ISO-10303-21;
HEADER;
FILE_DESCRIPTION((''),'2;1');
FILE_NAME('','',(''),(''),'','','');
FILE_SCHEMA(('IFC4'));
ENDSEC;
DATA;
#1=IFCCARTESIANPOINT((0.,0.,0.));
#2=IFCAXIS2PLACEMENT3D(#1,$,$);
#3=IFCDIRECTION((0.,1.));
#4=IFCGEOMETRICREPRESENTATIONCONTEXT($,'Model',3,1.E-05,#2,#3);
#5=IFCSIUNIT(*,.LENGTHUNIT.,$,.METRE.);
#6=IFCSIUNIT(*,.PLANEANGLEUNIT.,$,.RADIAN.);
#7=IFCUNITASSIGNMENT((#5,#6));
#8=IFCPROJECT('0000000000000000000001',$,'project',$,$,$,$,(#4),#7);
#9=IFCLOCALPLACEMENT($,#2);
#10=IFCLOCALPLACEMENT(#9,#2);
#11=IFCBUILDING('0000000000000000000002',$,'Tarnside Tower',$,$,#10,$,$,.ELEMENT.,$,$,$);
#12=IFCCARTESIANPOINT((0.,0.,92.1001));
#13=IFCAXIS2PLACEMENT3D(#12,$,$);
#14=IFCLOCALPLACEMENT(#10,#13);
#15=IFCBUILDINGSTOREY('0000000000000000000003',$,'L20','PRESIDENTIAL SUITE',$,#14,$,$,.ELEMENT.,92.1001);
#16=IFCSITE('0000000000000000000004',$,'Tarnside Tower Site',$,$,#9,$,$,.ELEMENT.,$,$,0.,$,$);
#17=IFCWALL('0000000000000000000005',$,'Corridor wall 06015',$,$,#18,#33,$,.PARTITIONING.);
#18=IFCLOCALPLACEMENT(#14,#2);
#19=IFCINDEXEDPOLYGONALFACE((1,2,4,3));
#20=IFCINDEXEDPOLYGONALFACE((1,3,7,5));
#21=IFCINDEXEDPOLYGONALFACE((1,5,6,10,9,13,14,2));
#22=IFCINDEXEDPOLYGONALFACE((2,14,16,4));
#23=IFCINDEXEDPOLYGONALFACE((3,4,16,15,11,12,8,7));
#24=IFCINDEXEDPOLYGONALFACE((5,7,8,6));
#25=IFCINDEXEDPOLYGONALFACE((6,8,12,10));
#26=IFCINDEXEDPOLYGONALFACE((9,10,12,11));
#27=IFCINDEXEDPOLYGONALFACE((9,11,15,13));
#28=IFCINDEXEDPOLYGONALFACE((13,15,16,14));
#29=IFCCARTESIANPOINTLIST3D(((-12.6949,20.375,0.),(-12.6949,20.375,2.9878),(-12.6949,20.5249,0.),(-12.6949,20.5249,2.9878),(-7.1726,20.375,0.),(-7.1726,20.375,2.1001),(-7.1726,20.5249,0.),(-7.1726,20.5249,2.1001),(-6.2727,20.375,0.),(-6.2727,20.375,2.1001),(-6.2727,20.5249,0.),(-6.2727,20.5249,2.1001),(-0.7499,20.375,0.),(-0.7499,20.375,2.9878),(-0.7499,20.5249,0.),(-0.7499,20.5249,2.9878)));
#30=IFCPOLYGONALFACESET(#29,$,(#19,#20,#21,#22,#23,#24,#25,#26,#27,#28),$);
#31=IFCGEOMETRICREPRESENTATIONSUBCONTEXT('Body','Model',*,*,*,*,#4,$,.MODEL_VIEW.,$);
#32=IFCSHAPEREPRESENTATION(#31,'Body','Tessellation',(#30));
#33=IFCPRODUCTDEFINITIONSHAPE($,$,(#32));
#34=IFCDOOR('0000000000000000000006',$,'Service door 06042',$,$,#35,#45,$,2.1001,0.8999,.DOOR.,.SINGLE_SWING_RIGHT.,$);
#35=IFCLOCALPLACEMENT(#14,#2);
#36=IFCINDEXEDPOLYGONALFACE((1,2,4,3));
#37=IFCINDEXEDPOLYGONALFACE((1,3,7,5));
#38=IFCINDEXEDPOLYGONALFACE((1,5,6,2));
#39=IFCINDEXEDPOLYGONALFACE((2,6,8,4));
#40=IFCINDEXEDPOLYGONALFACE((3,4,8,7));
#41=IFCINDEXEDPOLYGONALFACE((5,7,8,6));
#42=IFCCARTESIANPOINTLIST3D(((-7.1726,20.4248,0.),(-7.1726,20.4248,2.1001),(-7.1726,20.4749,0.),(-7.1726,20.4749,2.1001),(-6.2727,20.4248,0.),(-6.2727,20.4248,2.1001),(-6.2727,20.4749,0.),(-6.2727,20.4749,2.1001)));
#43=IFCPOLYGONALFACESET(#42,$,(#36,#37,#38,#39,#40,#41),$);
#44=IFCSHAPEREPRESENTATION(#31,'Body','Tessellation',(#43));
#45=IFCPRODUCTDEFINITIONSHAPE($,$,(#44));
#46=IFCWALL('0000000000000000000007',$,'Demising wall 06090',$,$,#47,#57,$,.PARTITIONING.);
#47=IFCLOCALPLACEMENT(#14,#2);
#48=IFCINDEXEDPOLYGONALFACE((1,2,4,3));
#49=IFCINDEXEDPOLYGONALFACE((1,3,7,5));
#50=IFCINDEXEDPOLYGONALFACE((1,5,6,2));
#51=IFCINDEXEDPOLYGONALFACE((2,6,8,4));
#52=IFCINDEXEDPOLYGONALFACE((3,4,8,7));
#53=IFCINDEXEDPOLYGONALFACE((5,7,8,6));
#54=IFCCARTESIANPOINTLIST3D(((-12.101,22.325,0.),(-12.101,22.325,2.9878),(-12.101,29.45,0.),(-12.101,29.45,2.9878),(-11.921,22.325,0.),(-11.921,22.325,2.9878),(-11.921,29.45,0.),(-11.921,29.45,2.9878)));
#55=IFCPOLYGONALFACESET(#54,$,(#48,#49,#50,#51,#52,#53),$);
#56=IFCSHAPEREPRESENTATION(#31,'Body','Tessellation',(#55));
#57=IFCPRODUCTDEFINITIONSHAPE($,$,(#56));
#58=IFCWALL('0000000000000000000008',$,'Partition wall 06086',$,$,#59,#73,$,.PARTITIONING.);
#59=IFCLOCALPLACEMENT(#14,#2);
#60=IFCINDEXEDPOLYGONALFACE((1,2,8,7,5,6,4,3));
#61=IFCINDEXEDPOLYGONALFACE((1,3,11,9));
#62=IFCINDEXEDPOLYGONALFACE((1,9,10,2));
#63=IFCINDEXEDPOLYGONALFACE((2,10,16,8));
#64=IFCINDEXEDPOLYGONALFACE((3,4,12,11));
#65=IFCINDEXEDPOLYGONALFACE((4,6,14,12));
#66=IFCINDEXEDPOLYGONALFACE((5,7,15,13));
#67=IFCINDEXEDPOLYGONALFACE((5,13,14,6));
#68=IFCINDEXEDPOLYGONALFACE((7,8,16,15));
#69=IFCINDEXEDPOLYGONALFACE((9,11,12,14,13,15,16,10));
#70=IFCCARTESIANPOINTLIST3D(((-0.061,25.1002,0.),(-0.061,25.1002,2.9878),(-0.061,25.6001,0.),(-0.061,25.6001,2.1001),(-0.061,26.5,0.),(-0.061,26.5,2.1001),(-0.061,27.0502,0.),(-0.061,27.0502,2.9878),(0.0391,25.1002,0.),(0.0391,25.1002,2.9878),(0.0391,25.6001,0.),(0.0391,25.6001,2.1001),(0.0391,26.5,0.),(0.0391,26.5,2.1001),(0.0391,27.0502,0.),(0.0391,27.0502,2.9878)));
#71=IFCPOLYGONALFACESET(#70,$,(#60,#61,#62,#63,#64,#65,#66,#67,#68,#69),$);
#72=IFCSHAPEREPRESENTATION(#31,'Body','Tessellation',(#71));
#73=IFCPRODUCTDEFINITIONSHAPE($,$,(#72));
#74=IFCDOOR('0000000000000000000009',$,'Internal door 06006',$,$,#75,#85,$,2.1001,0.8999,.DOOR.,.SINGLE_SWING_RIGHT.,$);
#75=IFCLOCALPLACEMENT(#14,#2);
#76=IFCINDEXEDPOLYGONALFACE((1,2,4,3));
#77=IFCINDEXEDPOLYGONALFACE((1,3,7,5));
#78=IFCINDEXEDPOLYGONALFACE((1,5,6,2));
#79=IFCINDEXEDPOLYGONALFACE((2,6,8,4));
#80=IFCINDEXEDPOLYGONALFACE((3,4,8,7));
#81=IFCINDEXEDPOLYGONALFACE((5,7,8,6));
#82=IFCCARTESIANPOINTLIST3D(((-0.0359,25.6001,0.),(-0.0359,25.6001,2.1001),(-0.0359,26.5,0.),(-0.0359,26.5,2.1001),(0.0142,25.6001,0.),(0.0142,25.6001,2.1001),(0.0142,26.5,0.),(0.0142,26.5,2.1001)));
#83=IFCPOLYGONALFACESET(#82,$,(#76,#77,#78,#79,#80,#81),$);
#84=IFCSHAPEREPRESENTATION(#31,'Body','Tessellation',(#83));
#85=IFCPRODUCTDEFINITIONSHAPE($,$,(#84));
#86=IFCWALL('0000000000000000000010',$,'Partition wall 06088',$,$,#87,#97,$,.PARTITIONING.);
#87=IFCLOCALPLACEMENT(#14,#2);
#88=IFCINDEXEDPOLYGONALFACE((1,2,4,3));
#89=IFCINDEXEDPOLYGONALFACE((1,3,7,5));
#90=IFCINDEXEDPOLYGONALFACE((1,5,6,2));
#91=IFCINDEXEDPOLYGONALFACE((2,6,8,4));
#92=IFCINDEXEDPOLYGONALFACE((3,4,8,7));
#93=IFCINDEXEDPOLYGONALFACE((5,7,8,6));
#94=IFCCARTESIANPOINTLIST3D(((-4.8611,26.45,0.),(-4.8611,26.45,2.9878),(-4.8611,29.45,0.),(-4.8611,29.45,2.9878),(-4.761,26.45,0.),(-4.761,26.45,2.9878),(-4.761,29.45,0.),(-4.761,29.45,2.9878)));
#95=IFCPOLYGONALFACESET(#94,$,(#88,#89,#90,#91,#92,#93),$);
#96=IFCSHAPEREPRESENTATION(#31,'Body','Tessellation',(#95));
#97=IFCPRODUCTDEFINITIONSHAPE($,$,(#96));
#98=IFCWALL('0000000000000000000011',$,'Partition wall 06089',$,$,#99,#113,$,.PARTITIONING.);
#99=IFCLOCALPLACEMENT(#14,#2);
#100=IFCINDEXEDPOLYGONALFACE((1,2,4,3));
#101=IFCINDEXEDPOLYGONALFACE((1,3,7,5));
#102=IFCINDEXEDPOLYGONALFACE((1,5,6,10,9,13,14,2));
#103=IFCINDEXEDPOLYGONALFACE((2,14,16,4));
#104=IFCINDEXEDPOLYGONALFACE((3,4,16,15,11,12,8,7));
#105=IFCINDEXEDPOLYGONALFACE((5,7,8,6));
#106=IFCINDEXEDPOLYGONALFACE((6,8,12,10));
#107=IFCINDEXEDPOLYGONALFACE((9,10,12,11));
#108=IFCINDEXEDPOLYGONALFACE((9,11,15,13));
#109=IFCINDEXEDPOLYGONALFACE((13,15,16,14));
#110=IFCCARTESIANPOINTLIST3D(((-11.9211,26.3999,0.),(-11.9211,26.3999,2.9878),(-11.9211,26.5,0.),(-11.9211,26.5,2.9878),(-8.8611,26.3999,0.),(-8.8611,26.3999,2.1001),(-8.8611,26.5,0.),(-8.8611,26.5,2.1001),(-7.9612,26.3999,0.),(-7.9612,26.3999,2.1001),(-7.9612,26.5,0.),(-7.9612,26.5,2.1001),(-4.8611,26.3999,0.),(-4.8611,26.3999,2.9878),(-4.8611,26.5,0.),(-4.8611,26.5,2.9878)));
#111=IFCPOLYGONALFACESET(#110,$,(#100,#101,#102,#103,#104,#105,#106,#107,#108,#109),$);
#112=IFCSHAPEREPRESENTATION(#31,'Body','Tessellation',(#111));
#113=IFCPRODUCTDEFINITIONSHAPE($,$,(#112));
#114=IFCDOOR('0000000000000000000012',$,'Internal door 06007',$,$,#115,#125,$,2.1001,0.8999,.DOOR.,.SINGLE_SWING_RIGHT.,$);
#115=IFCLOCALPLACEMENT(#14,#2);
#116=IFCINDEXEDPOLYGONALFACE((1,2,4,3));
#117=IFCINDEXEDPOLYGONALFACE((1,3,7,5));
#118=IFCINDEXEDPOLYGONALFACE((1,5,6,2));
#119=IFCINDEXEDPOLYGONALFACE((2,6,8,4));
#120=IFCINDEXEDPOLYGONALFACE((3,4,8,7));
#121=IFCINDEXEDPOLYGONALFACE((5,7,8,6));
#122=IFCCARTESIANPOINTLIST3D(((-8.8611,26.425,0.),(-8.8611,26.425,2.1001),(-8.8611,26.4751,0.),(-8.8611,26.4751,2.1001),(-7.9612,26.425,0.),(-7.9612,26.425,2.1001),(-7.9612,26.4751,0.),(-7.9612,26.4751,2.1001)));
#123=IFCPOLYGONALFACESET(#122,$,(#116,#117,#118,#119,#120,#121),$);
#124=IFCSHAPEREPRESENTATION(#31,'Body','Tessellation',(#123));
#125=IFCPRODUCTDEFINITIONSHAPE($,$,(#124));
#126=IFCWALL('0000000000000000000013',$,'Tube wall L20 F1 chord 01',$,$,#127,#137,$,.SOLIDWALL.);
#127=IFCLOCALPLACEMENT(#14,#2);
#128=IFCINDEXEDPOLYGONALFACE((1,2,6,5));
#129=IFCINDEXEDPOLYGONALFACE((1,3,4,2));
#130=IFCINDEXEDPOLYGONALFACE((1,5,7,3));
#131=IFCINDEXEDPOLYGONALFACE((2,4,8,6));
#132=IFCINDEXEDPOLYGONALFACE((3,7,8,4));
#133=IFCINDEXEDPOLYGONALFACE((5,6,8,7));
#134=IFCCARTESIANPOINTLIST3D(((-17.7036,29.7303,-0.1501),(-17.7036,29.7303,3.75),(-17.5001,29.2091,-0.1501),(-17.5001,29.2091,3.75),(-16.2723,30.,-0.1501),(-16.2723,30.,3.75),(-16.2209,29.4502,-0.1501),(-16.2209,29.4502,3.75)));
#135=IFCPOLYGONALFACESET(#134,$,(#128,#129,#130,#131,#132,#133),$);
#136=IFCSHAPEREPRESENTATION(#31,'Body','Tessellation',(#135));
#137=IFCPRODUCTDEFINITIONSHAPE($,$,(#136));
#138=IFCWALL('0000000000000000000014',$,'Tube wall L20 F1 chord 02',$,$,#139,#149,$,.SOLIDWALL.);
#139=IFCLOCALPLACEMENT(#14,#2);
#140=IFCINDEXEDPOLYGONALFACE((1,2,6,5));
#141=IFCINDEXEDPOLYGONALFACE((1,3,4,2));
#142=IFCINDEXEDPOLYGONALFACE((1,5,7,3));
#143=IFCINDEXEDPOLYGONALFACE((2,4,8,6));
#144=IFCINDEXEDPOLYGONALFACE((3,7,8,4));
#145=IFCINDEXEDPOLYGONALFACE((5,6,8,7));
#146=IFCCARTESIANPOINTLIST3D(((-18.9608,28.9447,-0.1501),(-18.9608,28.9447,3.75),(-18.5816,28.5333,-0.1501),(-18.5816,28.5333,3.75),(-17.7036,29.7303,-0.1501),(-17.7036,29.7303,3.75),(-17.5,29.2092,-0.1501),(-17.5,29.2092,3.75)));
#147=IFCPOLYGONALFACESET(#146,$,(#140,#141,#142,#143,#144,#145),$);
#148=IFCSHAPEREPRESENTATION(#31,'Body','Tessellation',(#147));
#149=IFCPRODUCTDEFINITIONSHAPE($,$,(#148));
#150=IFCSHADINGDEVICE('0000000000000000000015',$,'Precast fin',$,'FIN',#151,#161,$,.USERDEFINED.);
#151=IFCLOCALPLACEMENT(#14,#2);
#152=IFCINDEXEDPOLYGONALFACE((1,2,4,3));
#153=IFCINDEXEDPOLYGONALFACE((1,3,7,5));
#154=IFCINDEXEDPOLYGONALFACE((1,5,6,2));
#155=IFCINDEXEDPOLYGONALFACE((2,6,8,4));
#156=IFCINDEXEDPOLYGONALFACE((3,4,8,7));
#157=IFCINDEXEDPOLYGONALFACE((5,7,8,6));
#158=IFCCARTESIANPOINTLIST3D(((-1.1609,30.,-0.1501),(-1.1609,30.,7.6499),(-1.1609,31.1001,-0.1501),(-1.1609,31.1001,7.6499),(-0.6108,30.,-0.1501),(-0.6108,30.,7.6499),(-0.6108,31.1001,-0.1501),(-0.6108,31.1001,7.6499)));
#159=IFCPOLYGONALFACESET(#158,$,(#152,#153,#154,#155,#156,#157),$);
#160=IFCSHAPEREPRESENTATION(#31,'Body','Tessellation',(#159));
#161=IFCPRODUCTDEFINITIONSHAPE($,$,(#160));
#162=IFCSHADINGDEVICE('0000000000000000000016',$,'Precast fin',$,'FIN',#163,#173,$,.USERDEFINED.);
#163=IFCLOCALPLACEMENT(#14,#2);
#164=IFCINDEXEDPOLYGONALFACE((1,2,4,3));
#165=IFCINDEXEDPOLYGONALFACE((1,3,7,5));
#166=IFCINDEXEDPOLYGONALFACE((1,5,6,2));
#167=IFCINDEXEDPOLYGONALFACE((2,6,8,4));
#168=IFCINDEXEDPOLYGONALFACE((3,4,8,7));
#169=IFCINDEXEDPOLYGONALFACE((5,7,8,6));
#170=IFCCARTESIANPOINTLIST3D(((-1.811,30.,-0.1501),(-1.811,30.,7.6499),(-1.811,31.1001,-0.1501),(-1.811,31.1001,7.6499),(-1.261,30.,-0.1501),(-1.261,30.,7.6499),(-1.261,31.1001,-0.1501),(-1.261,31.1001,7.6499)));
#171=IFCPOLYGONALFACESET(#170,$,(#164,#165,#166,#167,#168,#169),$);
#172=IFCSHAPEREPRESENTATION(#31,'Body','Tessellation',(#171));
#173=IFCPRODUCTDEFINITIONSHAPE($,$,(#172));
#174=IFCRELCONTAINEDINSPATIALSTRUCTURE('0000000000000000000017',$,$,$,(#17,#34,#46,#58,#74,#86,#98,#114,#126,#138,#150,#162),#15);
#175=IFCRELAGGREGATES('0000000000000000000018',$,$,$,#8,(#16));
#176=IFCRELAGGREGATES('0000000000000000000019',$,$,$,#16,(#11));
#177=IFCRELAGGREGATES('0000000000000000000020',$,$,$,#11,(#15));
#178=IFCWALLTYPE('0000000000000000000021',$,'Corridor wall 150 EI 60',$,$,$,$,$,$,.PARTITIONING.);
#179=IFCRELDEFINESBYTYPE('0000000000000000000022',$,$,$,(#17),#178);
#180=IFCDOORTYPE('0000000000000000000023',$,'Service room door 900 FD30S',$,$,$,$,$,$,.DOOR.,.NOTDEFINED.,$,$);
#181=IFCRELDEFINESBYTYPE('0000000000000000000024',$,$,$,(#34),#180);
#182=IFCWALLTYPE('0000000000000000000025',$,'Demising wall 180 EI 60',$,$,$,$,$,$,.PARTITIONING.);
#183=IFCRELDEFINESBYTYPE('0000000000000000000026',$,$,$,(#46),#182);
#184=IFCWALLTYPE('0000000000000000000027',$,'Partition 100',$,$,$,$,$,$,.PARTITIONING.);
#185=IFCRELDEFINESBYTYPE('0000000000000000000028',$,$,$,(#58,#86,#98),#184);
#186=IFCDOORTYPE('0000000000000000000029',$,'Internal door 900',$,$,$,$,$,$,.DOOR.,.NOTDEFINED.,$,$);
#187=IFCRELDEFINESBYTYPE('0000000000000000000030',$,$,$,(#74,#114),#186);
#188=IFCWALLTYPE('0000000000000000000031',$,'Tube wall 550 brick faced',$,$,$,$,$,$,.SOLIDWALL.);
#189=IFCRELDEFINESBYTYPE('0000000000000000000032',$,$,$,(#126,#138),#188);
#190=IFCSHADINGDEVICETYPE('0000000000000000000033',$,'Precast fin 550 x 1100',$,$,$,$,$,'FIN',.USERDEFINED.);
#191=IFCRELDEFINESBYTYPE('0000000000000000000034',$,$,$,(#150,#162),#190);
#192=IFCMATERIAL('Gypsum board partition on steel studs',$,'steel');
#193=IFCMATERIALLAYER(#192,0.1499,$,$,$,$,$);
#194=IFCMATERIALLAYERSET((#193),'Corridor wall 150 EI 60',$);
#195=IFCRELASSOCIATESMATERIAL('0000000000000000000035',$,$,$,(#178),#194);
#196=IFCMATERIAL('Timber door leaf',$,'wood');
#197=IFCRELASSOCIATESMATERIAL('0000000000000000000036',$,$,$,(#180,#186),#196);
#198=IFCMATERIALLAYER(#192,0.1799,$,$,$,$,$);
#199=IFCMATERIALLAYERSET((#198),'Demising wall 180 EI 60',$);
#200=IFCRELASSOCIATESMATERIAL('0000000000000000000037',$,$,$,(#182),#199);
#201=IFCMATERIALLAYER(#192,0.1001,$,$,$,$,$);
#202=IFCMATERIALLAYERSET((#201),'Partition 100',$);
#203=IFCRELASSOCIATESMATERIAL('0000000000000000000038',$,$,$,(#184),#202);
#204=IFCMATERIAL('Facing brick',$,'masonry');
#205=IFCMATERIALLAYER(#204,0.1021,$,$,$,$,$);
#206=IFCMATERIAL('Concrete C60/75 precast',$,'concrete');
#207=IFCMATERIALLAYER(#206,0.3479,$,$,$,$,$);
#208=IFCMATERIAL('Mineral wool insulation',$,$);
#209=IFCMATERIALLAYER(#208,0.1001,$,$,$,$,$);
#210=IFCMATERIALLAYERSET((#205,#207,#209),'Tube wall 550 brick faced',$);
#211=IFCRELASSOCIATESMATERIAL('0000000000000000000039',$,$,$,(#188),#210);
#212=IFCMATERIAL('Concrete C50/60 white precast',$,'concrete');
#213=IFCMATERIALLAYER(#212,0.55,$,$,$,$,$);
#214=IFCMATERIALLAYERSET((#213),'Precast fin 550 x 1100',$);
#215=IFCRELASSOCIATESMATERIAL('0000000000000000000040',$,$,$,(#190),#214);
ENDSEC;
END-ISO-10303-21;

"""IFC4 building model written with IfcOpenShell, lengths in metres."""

from ifc_helpers import new_model, si_unit, direction, frame, frame_2d, origin, place, context, subcontext, project, spatial, polyline, rectangle, outline, extrude, material, layer, layer_set, type_object, element, fill, save


model = new_model("IFC4")

# Units and contexts
model_context = context("Model", 3, precision=1e-05, world=origin(), true_north=direction((0.0, 1.0)))
body_context = subcontext(model_context, "Body", "Model", "MODEL_VIEW")
ifc_project = project(units=[si_unit("LENGTHUNIT", "METRE"), si_unit("PLANEANGLEUNIT", "RADIAN")], contexts=[model_context])

# Site, building, storey
site_placement = place(None, origin())
site = spatial("IfcSite", under=ifc_project, at=site_placement, Name="Tarnside Tower Site", CompositionType="ELEMENT", RefElevation=0.0)
building_placement = place(site_placement, origin())
building = spatial("IfcBuilding", under=site, at=building_placement, Name="Tarnside Tower", CompositionType="ELEMENT")
storey_placement = place(building_placement, frame((0.0, 0.0, 92.1001)))
storey = spatial("IfcBuildingStorey", under=building, at=storey_placement, Name="L20", Description="PRESIDENTIAL SUITE", CompositionType="ELEMENT", Elevation=92.1001)

# Shared definitions
ifc_material_1 = material(Name="Gypsum board partition on steel studs", Category="steel")
ifc_material_2 = material(Name="Timber door leaf", Category="wood")

# Shared definitions
ifc_layer_1 = layer(ifc_material_1, 0.1499)
ifc_layer_set_1 = layer_set([ifc_layer_1], Name="Corridor wall 150 EI 60")
wall_type_1 = type_object("IfcWallType", Name="Corridor wall 150 EI 60", PredefinedType="PARTITIONING", material=ifc_layer_set_1)

# Wall, opening, door
wall_1_placement = place(storey_placement, frame((-12.6951, 20.45, 0.0), z_axis=(0.0, 0.0, 1.0), x_axis=(1.0, 0.0, 0.0)))
wall_1 = element("IfcWall", 1, at=wall_1_placement, inside=storey, type_object=wall_type_1, Name="Corridor wall 06015", PredefinedType="PARTITIONING", context=body_context, shape_type="SweptSolid", body=[
    extrude(rectangle(XDim=11.9451, YDim=0.1499, at=frame_2d((5.9727, 0.0))), origin(), (0.0, 0.0, 1.0), 2.9878),
])
opening_1_placement = place(wall_1_placement, frame((5.5225, 0.0, 0.0)))
opening_1 = element("IfcOpeningElement", 2, at=opening_1_placement, cuts=wall_1, PredefinedType="OPENING", context=body_context, shape_type="SweptSolid", body=[
    extrude(rectangle(XDim=0.8999, YDim=2.1001, at=frame_2d((0.45, 1.05))), frame((0.0, 0.085, 0.0), z_axis=(0.0, -1.0, 0.0), x_axis=(1.0, 0.0, 0.0)), (0.0, 0.0, 1.0), 0.1699),
])
door_type_1 = type_object("IfcDoorType", Name="Service room door 900 FD30S", OperationType="NOTDEFINED", PredefinedType="DOOR", material=ifc_material_2)
door_1_placement = place(opening_1_placement, origin())
door_1 = element("IfcDoor", 3, at=door_1_placement, inside=storey, type_object=door_type_1, Name="Service door 06042", OperationType="SINGLE_SWING_RIGHT", OverallHeight=2.1001, OverallWidth=0.8999, PredefinedType="DOOR", context=body_context, shape_type="SweptSolid", body=[
    extrude(rectangle(XDim=0.8999, YDim=2.1001, at=frame_2d((0.45, 1.05))), frame((0.0, 0.0249, 0.0), z_axis=(0.0, -1.0, 0.0), x_axis=(1.0, 0.0, 0.0)), (0.0, 0.0, 1.0), 0.05),
])
fill(opening_1, door_1)

# Wall
ifc_layer_2 = layer(ifc_material_1, 0.1799)
ifc_layer_set_2 = layer_set([ifc_layer_2], Name="Demising wall 180 EI 60")
wall_type_2 = type_object("IfcWallType", Name="Demising wall 180 EI 60", PredefinedType="PARTITIONING", material=ifc_layer_set_2)
wall_2_placement = place(storey_placement, frame((-12.011, 29.45, 0.0), z_axis=(0.0, 0.0, 1.0), x_axis=(0.0, -1.0, 0.0)))
element("IfcWall", 4, at=wall_2_placement, inside=storey, type_object=wall_type_2, Name="Demising wall 06090", PredefinedType="PARTITIONING", context=body_context, shape_type="SweptSolid", body=[
    extrude(rectangle(XDim=7.125, YDim=0.1799, at=frame_2d((3.5625, 0.0))), origin(), (0.0, 0.0, 1.0), 2.9878),
])

# Wall, opening, door
ifc_layer_3 = layer(ifc_material_1, 0.1001)
ifc_layer_set_3 = layer_set([ifc_layer_3], Name="Partition 100")
wall_type_3 = type_object("IfcWallType", Name="Partition 100", PredefinedType="PARTITIONING", material=ifc_layer_set_3)
wall_3_placement = place(storey_placement, frame((-0.011, 25.1001, 0.0), z_axis=(0.0, 0.0, 1.0), x_axis=(0.0, 1.0, 0.0)))
wall_3 = element("IfcWall", 5, at=wall_3_placement, inside=storey, type_object=wall_type_3, Name="Partition wall 06086", PredefinedType="PARTITIONING", context=body_context, shape_type="SweptSolid", body=[
    extrude(rectangle(XDim=1.95, YDim=0.1001, at=frame_2d((0.9751, 0.0))), origin(), (0.0, 0.0, 1.0), 2.9878),
])
opening_2_placement = place(wall_3_placement, frame((0.5, 0.0, 0.0)))
opening_2 = element("IfcOpeningElement", 6, at=opening_2_placement, cuts=wall_3, PredefinedType="OPENING", context=body_context, shape_type="SweptSolid", body=[
    extrude(rectangle(XDim=0.8999, YDim=2.1001, at=frame_2d((0.45, 1.05))), frame((0.0, 0.0601, 0.0), z_axis=(0.0, -1.0, 0.0), x_axis=(1.0, 0.0, 0.0)), (0.0, 0.0, 1.0), 0.1201),
])
door_type_2 = type_object("IfcDoorType", Name="Internal door 900", OperationType="NOTDEFINED", PredefinedType="DOOR", material=ifc_material_2)
door_2_placement = place(opening_2_placement, origin())
door_2 = element("IfcDoor", 7, at=door_2_placement, inside=storey, type_object=door_type_2, Name="Internal door 06006", OperationType="SINGLE_SWING_RIGHT", OverallHeight=2.1001, OverallWidth=0.8999, PredefinedType="DOOR", context=body_context, shape_type="SweptSolid", body=[
    extrude(rectangle(XDim=0.8999, YDim=2.1001, at=frame_2d((0.45, 1.05))), frame((0.0, 0.0249, 0.0), z_axis=(0.0, -1.0, 0.0), x_axis=(1.0, 0.0, 0.0)), (0.0, 0.0, 1.0), 0.05),
])
fill(opening_2, door_2)

# Wall
wall_4_placement = place(storey_placement, frame((-4.811, 29.45, 0.0), z_axis=(0.0, 0.0, 1.0), x_axis=(0.0, -1.0, 0.0)))
element("IfcWall", 8, at=wall_4_placement, inside=storey, type_object=wall_type_3, Name="Partition wall 06088", PredefinedType="PARTITIONING", context=body_context, shape_type="SweptSolid", body=[
    extrude(rectangle(XDim=3.0, YDim=0.1001, at=frame_2d((1.5, 0.0))), origin(), (0.0, 0.0, 1.0), 2.9878),
])

# Wall, opening, door
wall_5_placement = place(storey_placement, frame((-4.8611, 26.45, 0.0), z_axis=(0.0, 0.0, 1.0), x_axis=(-1.0, 0.0, 0.0)))
wall_5 = element("IfcWall", 9, at=wall_5_placement, inside=storey, type_object=wall_type_3, Name="Partition wall 06089", PredefinedType="PARTITIONING", context=body_context, shape_type="SweptSolid", body=[
    extrude(rectangle(XDim=7.0601, YDim=0.1001, at=frame_2d((3.53, 0.0))), origin(), (0.0, 0.0, 1.0), 2.9878),
])
opening_3_placement = place(wall_5_placement, frame((3.1001, 0.0, 0.0)))
opening_3 = element("IfcOpeningElement", 10, at=opening_3_placement, cuts=wall_5, PredefinedType="OPENING", context=body_context, shape_type="SweptSolid", body=[
    extrude(rectangle(XDim=0.8999, YDim=2.1001, at=frame_2d((0.45, 1.05))), frame((0.0, 0.0601, 0.0), z_axis=(0.0, -1.0, 0.0), x_axis=(1.0, 0.0, 0.0)), (0.0, 0.0, 1.0), 0.1201),
])
door_3_placement = place(opening_3_placement, origin())
door_3 = element("IfcDoor", 11, at=door_3_placement, inside=storey, type_object=door_type_2, Name="Internal door 06007", OperationType="SINGLE_SWING_RIGHT", OverallHeight=2.1001, OverallWidth=0.8999, PredefinedType="DOOR", context=body_context, shape_type="SweptSolid", body=[
    extrude(rectangle(XDim=0.8999, YDim=2.1001, at=frame_2d((0.45, 1.05))), frame((0.0, 0.0249, 0.0), z_axis=(0.0, -1.0, 0.0), x_axis=(1.0, 0.0, 0.0)), (0.0, 0.0, 1.0), 0.05),
])
fill(opening_3, door_3)

# Walls
ifc_material_3 = material(Name="Facing brick", Category="masonry")
ifc_layer_4 = layer(ifc_material_3, 0.1021)
ifc_material_4 = material(Name="Concrete C60/75 precast", Category="concrete")
ifc_layer_5 = layer(ifc_material_4, 0.3479)
ifc_material_5 = material(Name="Mineral wool insulation")
ifc_layer_6 = layer(ifc_material_5, 0.1001)
ifc_layer_set_4 = layer_set([ifc_layer_4, ifc_layer_5, ifc_layer_6], Name="Tube wall 550 brick faced")
wall_type_4 = type_object("IfcWallType", Name="Tube wall 550 brick faced", PredefinedType="SOLIDWALL", material=ifc_layer_set_4)
wall_6_placement = place(storey_placement, frame((-16.2466, 29.7251, -0.1501), z_axis=(0.0, 0.0, 1.0), x_axis=(-0.982705, -0.185176, 0.0)))
element("IfcWall", 12, at=wall_6_placement, inside=storey, type_object=wall_type_4, Name="Tube wall L20 F1 chord 01", PredefinedType="SOLIDWALL", context=body_context, shape_type="SweptSolid", body=[
    extrude(outline(polyline([(-0.0256, -0.2749), (1.4309, -0.2749), (1.3274, 0.2749), (0.0256, 0.2749), (-0.0256, -0.2749)])), origin(), (0.0, 0.0, 1.0), 3.9001),
])
wall_7_placement = place(storey_placement, frame((-17.6018, 29.4697, -0.1501), z_axis=(0.0, 0.0, 1.0), x_axis=(-0.848058, -0.529903, 0.0)))
element("IfcWall", 13, at=wall_7_placement, inside=storey, type_object=wall_type_4, Name="Tube wall L20 F1 chord 02", PredefinedType="SOLIDWALL", context=body_context, shape_type="SweptSolid", body=[
    extrude(outline(polyline([(-0.0518, -0.2749), (1.4307, -0.2749), (1.3271, 0.2749), (0.0518, 0.2749), (-0.0518, -0.2749)])), origin(), (0.0, 0.0, 1.0), 3.9001),
])

# Shading devices
ifc_material_6 = material(Name="Concrete C50/60 white precast", Category="concrete")
ifc_layer_7 = layer(ifc_material_6, 0.55)
ifc_layer_set_5 = layer_set([ifc_layer_7], Name="Precast fin 550 x 1100")
shading_device_type_1 = type_object("IfcShadingDeviceType", Name="Precast fin 550 x 1100", ElementType="FIN", PredefinedType="USERDEFINED", material=ifc_layer_set_5)
for number, where, z_axis, x_axis, name in (
    (14, (-0.886, 30.0, -0.1501), (1.0, 0.0, 0.0), (0.0, 1.0, 0.0), "Precast fin"),
    (15, (-1.5361, 30.0, -0.1501), (1.0, 0.0, 0.0), (0.0, 1.0, 0.0), "Precast fin"),
):
    element("IfcShadingDevice", number, at=place(storey_placement, frame(where, z_axis=z_axis, x_axis=x_axis)), inside=storey, type_object=shading_device_type_1, Name=name, ObjectType="FIN", PredefinedType="USERDEFINED", context=body_context, shape_type="SweptSolid", body=[
        extrude(outline(polyline([(0.0, 0.0), (1.1001, 0.0), (1.1001, 7.8), (0.0, 7.8), (0.0, 0.0)])), frame((0.0, 0.0, -0.2749)), (0.0, 0.0, 1.0), 0.55),
    ])

save(model, "model.ifc")
